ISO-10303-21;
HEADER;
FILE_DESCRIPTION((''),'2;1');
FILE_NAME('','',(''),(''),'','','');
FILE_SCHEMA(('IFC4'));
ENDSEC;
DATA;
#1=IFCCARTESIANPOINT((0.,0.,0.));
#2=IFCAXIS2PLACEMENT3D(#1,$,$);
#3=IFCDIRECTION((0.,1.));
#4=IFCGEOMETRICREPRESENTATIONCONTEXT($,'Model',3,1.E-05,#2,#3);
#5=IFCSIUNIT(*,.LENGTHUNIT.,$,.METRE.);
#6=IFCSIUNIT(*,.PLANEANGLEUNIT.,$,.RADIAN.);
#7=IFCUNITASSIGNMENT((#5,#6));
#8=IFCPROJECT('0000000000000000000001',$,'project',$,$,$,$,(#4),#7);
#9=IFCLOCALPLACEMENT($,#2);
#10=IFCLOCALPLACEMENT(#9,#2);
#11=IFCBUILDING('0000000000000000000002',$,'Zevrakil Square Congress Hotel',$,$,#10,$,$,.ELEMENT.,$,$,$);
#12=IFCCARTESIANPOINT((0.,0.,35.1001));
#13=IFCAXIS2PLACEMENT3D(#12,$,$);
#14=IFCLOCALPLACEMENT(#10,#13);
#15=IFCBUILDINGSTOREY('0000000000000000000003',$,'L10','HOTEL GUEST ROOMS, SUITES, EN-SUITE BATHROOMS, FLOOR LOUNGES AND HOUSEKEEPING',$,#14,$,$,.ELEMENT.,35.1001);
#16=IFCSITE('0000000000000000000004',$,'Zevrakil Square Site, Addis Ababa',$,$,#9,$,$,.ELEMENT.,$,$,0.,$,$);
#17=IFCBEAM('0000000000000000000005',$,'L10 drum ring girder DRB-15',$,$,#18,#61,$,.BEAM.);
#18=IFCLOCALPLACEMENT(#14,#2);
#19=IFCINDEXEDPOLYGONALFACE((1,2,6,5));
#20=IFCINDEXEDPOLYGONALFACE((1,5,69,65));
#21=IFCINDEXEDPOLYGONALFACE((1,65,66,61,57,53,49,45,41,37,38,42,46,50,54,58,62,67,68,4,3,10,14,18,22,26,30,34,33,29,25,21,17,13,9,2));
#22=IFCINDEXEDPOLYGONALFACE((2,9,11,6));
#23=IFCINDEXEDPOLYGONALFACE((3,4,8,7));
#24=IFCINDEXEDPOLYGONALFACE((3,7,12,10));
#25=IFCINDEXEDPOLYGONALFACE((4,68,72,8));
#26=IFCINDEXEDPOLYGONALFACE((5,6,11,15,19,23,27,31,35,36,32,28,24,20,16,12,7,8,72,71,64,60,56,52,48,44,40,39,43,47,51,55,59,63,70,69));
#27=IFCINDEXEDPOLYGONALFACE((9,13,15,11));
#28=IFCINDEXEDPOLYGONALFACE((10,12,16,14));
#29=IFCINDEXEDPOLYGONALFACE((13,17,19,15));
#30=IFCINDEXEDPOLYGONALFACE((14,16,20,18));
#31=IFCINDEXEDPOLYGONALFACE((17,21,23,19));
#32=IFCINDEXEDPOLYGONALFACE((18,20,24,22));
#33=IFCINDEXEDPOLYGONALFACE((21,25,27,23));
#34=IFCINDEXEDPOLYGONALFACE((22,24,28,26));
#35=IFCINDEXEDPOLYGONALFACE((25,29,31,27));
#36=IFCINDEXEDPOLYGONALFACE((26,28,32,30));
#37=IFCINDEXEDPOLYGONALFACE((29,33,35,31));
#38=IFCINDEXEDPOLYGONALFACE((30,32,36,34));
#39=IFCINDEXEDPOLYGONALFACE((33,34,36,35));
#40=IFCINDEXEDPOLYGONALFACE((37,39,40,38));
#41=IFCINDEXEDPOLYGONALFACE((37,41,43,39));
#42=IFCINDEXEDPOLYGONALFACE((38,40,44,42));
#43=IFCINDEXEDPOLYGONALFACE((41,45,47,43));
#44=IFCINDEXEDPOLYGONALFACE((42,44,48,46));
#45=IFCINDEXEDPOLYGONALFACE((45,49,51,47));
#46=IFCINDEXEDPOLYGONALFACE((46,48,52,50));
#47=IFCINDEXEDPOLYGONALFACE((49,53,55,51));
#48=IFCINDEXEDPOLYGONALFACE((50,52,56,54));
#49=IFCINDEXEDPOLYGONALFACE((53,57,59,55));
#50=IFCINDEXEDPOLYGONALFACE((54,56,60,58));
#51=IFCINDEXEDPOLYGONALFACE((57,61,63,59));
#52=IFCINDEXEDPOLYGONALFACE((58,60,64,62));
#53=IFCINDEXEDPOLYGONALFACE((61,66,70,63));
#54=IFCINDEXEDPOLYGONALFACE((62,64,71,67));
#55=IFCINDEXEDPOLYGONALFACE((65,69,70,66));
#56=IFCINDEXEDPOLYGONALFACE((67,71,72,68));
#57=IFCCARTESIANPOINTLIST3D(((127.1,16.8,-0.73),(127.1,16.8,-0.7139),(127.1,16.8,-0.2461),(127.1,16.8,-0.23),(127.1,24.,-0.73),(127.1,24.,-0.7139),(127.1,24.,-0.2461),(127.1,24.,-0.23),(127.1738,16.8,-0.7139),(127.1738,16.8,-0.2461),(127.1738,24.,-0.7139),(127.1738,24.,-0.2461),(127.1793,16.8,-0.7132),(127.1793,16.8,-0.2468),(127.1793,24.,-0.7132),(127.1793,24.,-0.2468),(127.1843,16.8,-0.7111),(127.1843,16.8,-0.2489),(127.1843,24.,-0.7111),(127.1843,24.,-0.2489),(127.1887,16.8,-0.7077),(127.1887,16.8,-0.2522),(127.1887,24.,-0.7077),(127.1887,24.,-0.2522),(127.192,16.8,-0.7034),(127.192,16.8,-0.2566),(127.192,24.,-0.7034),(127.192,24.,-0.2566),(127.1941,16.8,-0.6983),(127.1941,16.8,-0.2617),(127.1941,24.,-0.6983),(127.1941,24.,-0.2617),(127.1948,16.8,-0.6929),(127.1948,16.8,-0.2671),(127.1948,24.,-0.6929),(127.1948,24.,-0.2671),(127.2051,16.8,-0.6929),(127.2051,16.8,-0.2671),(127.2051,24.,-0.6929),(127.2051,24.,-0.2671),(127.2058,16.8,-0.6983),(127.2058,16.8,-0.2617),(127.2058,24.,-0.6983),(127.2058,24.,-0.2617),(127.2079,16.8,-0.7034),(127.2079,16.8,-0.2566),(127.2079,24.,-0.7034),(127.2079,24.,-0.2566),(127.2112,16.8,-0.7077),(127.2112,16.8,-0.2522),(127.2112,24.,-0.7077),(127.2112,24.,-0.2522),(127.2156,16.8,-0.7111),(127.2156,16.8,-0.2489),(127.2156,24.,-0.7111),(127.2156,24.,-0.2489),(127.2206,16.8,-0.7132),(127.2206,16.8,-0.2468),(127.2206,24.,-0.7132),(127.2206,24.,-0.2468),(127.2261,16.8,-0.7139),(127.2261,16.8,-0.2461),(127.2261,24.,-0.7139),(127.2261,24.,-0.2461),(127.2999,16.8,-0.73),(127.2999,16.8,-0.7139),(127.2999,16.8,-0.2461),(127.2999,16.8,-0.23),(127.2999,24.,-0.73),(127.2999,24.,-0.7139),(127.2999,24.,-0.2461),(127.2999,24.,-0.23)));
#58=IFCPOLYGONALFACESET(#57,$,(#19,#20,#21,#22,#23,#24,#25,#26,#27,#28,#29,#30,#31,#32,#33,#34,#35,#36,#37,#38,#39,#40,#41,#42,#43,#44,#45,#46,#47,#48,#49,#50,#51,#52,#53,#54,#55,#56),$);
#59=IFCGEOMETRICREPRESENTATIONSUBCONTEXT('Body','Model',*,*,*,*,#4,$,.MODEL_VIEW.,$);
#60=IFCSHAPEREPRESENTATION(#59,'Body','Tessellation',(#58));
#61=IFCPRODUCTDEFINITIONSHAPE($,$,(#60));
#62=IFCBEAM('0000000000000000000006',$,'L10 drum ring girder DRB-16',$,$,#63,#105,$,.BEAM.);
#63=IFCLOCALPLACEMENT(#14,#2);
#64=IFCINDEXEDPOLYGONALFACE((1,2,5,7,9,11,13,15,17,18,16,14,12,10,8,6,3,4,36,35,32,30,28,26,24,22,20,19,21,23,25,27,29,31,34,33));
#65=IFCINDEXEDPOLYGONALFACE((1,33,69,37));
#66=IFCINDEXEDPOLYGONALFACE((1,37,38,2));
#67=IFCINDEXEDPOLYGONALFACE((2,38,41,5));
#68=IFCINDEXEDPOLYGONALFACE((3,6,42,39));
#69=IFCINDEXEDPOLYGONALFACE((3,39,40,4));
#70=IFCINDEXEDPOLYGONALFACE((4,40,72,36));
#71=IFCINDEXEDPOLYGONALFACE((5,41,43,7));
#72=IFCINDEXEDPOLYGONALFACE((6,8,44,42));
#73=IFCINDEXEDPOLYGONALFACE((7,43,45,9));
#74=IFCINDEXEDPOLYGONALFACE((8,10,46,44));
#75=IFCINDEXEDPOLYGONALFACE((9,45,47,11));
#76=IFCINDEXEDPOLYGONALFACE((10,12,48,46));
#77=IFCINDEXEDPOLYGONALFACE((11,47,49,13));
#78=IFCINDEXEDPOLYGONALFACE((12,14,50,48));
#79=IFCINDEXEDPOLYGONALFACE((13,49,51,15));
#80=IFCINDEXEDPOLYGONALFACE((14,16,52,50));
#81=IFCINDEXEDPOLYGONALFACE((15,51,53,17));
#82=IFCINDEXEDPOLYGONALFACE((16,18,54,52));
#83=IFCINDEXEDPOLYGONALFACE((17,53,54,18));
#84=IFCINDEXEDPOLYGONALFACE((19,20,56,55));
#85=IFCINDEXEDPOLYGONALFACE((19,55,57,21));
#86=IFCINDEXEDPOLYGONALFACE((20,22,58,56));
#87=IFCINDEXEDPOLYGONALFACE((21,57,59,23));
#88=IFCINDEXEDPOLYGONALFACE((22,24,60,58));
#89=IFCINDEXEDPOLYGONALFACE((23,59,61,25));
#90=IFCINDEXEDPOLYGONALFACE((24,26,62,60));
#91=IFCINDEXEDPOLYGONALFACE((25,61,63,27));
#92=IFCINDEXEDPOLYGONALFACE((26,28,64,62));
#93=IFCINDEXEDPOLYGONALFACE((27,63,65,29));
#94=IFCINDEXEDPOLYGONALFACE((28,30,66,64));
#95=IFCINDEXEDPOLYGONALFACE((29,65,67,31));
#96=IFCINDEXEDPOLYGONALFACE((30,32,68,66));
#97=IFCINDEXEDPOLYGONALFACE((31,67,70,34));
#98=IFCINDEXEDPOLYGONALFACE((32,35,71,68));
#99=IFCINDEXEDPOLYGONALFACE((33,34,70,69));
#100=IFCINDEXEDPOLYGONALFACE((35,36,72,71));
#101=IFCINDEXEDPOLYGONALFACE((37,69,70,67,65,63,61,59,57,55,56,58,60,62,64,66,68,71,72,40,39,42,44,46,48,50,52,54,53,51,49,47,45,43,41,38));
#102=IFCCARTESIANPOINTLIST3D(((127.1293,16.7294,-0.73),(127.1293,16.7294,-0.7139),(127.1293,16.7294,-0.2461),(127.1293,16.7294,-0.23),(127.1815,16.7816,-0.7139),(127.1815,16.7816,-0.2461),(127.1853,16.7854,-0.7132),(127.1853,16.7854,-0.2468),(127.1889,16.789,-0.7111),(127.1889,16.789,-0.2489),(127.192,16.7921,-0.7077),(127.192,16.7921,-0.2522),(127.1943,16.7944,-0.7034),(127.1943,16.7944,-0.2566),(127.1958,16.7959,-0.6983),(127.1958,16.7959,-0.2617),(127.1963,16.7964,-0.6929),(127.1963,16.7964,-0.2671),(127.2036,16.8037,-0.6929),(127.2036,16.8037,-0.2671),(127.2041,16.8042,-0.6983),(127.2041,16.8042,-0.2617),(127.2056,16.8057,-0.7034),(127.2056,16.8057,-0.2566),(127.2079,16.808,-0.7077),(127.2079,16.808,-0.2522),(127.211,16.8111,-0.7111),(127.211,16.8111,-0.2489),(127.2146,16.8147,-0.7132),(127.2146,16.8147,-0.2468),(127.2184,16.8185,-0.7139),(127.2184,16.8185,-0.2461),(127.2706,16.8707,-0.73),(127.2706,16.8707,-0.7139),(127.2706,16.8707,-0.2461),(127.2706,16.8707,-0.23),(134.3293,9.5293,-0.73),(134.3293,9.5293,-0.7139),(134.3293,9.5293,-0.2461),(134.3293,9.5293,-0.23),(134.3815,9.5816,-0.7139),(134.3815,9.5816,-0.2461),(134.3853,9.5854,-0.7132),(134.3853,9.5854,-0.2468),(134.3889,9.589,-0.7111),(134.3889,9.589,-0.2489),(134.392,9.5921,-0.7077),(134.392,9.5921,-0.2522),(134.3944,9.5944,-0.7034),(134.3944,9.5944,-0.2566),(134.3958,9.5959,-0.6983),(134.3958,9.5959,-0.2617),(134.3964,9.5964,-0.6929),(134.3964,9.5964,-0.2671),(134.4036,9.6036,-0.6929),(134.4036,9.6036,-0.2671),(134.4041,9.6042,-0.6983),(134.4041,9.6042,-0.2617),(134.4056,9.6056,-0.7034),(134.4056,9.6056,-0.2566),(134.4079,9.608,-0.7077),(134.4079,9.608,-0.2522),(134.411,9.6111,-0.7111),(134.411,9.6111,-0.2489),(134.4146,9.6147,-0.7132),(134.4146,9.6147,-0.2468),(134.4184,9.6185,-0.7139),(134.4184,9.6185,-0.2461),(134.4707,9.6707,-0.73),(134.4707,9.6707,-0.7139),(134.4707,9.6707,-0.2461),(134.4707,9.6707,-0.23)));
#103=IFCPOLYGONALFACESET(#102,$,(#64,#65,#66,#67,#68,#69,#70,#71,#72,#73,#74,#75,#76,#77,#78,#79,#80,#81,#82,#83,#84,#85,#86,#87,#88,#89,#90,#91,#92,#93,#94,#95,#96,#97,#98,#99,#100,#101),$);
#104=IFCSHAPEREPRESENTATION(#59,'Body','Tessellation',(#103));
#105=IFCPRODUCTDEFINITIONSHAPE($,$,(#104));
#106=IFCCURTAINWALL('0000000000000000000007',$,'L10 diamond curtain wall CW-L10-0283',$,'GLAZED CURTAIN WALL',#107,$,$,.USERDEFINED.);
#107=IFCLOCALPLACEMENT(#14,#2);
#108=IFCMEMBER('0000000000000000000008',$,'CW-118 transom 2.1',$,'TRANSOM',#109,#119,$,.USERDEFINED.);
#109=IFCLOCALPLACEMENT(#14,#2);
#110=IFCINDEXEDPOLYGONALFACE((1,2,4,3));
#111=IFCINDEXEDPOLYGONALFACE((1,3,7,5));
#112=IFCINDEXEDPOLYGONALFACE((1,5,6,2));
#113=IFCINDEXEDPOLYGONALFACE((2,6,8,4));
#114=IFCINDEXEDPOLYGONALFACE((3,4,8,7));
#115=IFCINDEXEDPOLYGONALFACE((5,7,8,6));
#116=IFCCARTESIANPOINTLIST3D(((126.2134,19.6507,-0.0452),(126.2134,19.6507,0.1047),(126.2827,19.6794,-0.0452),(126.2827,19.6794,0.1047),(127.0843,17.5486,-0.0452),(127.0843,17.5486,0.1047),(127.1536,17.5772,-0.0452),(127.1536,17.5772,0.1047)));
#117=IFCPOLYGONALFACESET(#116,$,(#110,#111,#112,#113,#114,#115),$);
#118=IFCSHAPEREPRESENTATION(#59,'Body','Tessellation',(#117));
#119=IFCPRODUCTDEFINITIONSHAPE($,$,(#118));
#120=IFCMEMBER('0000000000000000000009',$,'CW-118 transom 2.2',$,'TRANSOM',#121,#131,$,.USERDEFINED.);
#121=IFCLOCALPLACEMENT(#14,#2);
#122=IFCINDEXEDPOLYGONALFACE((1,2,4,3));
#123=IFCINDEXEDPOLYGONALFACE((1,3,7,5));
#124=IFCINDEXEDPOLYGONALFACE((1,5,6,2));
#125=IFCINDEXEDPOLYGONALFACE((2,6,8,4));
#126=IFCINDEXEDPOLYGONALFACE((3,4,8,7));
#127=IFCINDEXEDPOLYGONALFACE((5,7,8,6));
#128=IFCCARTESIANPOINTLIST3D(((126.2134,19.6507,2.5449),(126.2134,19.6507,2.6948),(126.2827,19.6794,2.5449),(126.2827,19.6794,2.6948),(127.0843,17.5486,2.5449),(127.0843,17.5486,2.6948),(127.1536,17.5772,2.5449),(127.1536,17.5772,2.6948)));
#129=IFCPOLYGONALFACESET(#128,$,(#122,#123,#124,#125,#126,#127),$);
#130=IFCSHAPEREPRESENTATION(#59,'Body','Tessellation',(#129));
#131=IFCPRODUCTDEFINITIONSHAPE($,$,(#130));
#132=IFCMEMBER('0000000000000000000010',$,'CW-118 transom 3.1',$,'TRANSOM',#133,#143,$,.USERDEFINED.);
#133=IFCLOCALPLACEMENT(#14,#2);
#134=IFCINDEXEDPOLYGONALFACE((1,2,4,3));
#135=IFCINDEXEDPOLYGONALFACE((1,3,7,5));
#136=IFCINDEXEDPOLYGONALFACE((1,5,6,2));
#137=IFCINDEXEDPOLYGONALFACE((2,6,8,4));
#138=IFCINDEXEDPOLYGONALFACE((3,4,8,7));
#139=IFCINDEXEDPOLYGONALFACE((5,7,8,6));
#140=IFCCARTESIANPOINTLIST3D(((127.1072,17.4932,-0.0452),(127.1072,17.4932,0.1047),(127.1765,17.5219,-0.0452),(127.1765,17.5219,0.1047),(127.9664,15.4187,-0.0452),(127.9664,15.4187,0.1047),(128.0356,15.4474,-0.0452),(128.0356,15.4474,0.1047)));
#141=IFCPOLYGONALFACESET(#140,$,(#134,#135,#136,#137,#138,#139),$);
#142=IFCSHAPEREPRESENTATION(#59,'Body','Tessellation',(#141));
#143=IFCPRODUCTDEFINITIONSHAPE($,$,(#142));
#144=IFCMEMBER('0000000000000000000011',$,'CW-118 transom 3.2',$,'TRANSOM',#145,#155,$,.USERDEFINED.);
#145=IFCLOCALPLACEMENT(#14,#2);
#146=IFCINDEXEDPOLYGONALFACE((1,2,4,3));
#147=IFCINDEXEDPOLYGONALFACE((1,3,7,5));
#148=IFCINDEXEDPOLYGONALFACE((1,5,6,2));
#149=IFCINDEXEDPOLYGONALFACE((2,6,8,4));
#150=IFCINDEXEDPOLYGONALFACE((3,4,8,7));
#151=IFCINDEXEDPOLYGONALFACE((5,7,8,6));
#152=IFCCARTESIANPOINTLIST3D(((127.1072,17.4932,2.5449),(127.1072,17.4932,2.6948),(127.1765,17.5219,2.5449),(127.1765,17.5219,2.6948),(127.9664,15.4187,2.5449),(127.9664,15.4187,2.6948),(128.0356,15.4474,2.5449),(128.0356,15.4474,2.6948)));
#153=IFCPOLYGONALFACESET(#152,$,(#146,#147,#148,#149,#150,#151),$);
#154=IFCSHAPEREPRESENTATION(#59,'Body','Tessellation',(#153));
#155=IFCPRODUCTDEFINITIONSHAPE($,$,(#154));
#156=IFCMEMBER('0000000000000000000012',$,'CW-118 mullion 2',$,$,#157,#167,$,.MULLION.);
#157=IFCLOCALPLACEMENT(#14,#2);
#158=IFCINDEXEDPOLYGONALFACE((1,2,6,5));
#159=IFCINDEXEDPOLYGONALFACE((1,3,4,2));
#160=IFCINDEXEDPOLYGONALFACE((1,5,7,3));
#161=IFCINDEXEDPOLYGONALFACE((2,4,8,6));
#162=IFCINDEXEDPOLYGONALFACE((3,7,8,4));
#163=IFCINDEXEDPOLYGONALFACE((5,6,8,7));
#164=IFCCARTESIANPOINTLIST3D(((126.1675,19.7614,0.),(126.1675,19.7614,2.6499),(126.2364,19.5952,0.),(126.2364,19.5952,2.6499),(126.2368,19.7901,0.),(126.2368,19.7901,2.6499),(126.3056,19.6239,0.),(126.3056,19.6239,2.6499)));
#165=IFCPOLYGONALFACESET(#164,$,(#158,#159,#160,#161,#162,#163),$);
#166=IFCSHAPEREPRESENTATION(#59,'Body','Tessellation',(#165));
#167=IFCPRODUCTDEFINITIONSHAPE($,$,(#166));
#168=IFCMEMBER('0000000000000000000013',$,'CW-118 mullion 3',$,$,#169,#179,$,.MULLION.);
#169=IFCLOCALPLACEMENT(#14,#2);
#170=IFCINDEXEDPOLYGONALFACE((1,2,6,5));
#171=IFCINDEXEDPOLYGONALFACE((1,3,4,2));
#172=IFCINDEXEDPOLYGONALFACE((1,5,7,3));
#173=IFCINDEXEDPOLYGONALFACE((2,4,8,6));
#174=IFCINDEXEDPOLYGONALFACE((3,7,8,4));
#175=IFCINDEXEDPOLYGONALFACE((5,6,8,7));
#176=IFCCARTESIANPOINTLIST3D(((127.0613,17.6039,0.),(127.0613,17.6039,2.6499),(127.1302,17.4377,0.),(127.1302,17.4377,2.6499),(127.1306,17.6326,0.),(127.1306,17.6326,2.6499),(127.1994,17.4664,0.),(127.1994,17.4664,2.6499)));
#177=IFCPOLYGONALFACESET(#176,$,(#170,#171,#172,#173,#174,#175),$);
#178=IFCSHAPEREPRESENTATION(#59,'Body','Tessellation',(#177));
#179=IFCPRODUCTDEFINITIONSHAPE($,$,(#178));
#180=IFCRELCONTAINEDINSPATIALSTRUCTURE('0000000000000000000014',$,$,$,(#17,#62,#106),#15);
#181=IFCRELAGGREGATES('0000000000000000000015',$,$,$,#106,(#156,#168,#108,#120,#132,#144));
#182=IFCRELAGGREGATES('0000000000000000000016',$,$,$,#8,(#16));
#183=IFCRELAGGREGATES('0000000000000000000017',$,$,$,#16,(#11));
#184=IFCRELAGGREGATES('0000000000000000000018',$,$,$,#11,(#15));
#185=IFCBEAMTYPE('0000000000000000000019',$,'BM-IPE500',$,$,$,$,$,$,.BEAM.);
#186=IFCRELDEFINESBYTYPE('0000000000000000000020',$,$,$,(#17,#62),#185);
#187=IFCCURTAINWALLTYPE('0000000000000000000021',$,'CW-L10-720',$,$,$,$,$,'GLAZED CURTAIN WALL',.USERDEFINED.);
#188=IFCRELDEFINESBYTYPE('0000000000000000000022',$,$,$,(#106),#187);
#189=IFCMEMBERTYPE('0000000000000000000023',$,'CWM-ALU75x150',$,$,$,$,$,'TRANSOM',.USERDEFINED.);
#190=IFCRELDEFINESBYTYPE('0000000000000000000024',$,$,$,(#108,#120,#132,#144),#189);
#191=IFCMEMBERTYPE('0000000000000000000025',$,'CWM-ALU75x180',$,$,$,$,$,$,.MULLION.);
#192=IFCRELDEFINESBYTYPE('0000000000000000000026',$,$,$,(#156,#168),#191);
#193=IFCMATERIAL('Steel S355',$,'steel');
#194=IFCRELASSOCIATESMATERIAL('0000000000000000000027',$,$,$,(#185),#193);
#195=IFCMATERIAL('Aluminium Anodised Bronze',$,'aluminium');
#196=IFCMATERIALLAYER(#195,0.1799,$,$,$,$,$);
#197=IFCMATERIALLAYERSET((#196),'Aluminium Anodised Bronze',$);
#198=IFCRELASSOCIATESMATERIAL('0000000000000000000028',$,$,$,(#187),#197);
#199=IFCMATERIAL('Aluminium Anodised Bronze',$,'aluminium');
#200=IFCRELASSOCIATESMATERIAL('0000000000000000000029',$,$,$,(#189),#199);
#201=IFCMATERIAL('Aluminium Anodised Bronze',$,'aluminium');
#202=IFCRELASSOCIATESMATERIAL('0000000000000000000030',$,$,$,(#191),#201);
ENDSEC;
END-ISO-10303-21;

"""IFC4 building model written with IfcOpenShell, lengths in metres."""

from ifc_helpers import new_model, si_unit, direction, frame, origin, origin_2d, place, context, subcontext, project, spatial, rectangle, i_section, extrude, material, layer, layer_set, material_profile, profile_set, type_object, element, aggregate, save


model = new_model("IFC4")

# Units and contexts
model_context = context("Model", 3, precision=1e-05, world=origin(), true_north=direction((0.0, 1.0)))
body_context = subcontext(model_context, "Body", "Model", "MODEL_VIEW")
ifc_project = project(units=[si_unit("LENGTHUNIT", "METRE"), si_unit("PLANEANGLEUNIT", "RADIAN")], contexts=[model_context])

# Site, building, storey
site_placement = place(None, origin())
site = spatial("IfcSite", under=ifc_project, at=site_placement, Name="Zevrakil Square Site, Addis Ababa", CompositionType="ELEMENT", RefElevation=0.0)
building_placement = place(site_placement, origin())
building = spatial("IfcBuilding", under=site, at=building_placement, Name="Zevrakil Square Congress Hotel", CompositionType="ELEMENT")
storey_placement = place(building_placement, frame((0.0, 0.0, 35.1001)))
storey = spatial("IfcBuildingStorey", under=building, at=storey_placement, Name="L10", Description="HOTEL GUEST ROOMS, SUITES, EN-SUITE BATHROOMS, FLOOR LOUNGES AND HOUSEKEEPING", CompositionType="ELEMENT", Elevation=35.1001)

# Beams
ifc_material_1 = material(Name="Steel S355", Category="steel")
ifc_material_profile_1 = material_profile(ifc_material_1, i_section(OverallWidth=0.2, OverallDepth=0.5, WebThickness=0.0103, FlangeThickness=0.0161, FilletRadius=0.021, at=origin_2d()), Name="IPE 500")
ifc_profile_set_1 = profile_set([ifc_material_profile_1], Name="Steel S355")
beam_type_1 = type_object("IfcBeamType", Name="BM-IPE500", PredefinedType="BEAM", material=ifc_profile_set_1)
for number, where, z_axis, x_axis, name in (
    (1, (127.2, 24.0, -0.48), (0.0, -1.0, 0.0), (1.0, 0.0, 0.0), "L10 drum ring girder DRB-15"),
):
    element("IfcBeam", number, at=place(storey_placement, frame(where, z_axis=z_axis, x_axis=x_axis)), inside=storey, type_object=beam_type_1, Name=name, PredefinedType="BEAM", context=body_context, shape_type="SweptSolid", body=[
        extrude(i_section(OverallWidth=0.2, OverallDepth=0.5, WebThickness=0.0103, FlangeThickness=0.0161, FilletRadius=0.021, at=origin_2d()), origin(), (0.0, 0.0, 1.0), 7.2),
    ])
beam_placement = place(storey_placement, frame((127.2, 16.8, -0.48), z_axis=(0.707107, -0.707107, 0.0), x_axis=(0.707107, 0.707107, 0.0)))
element("IfcBeam", 2, at=beam_placement, inside=storey, type_object=beam_type_1, Name="L10 drum ring girder DRB-16", PredefinedType="BEAM", context=body_context, shape_type="SweptSolid", body=[
    extrude(i_section(OverallWidth=0.2, OverallDepth=0.5, WebThickness=0.0103, FlangeThickness=0.0161, FilletRadius=0.021, at=origin_2d()), origin(), (0.0, 0.0, 1.0), 10.1824),
])

# Curtain wall, members
ifc_material_2 = material(Name="Aluminium Anodised Bronze", Category="aluminium")
ifc_layer_1 = layer(ifc_material_2, 0.1799)
ifc_layer_set_1 = layer_set([ifc_layer_1], Name="Aluminium Anodised Bronze")
curtain_wall_type = type_object("IfcCurtainWallType", Name="CW-L10-720", ElementType="GLAZED CURTAIN WALL", PredefinedType="USERDEFINED", material=ifc_layer_set_1)
curtain_wall_placement = place(storey_placement, origin())
curtain_wall = element("IfcCurtainWall", 3, at=curtain_wall_placement, inside=storey, type_object=curtain_wall_type, Name="L10 diamond curtain wall CW-L10-0283", ObjectType="GLAZED CURTAIN WALL", PredefinedType="USERDEFINED")
ifc_material_3 = material(Name="Aluminium Anodised Bronze", Category="aluminium")
ifc_material_profile_2 = material_profile(ifc_material_3, rectangle(XDim=0.075, YDim=0.1499, at=origin_2d()), Name="ALU 75x150")
ifc_profile_set_2 = profile_set([ifc_material_profile_2], Name="Aluminium Anodised Bronze")
member_type_1 = type_object("IfcMemberType", Name="CWM-ALU75x150", ElementType="TRANSOM", PredefinedType="USERDEFINED", material=ifc_profile_set_2)
member_1_placement = place(storey_placement, frame((126.248, 19.665, 0.0298), z_axis=(0.38274, -0.923856, 0.0), x_axis=(0.923856, 0.38274, 0.0)))
member_1 = element("IfcMember", 4, at=member_1_placement, type_object=member_type_1, Name="CW-118 transom 2.1", ObjectType="TRANSOM", PredefinedType="USERDEFINED", context=body_context, shape_type="SweptSolid", body=[
    extrude(rectangle(XDim=0.075, YDim=0.1499, at=origin_2d()), origin(), (0.0, 0.0, 1.0), 2.2754),
])
member_2_placement = place(storey_placement, frame((126.248, 19.665, 2.6199), z_axis=(0.38274, -0.923856, 0.0), x_axis=(0.923856, 0.38274, 0.0)))
member_2 = element("IfcMember", 5, at=member_2_placement, type_object=member_type_1, Name="CW-118 transom 2.2", ObjectType="TRANSOM", PredefinedType="USERDEFINED", context=body_context, shape_type="SweptSolid", body=[
    extrude(rectangle(XDim=0.075, YDim=0.1499, at=origin_2d()), origin(), (0.0, 0.0, 1.0), 2.2754),
])
member_3_placement = place(storey_placement, frame((127.1418, 17.5076, 0.0298), z_axis=(0.38263, -0.923902, 0.0), x_axis=(0.923902, 0.38263, 0.0)))
member_3 = element("IfcMember", 6, at=member_3_placement, type_object=member_type_1, Name="CW-118 transom 3.1", ObjectType="TRANSOM", PredefinedType="USERDEFINED", context=body_context, shape_type="SweptSolid", body=[
    extrude(rectangle(XDim=0.075, YDim=0.1499, at=origin_2d()), origin(), (0.0, 0.0, 1.0), 2.2454),
])
member_4_placement = place(storey_placement, frame((127.1418, 17.5076, 2.6199), z_axis=(0.38263, -0.923902, 0.0), x_axis=(0.923902, 0.38263, 0.0)))
member_4 = element("IfcMember", 7, at=member_4_placement, type_object=member_type_1, Name="CW-118 transom 3.2", ObjectType="TRANSOM", PredefinedType="USERDEFINED", context=body_context, shape_type="SweptSolid", body=[
    extrude(rectangle(XDim=0.075, YDim=0.1499, at=origin_2d()), origin(), (0.0, 0.0, 1.0), 2.2454),
])
ifc_material_4 = material(Name="Aluminium Anodised Bronze", Category="aluminium")
ifc_material_profile_3 = material_profile(ifc_material_4, rectangle(XDim=0.075, YDim=0.1799, at=origin_2d()), Name="ALU 75x180")
ifc_profile_set_3 = profile_set([ifc_material_profile_3], Name="Aluminium Anodised Bronze")
member_type_2 = type_object("IfcMemberType", Name="CWM-ALU75x180", PredefinedType="MULLION", material=ifc_profile_set_3)
member_5_placement = place(storey_placement, frame((126.2366, 19.6926, 0.0), z_axis=(0.0, 0.0, 1.0), x_axis=(0.923879, 0.382684, 0.0)))
member_5 = element("IfcMember", 8, at=member_5_placement, type_object=member_type_2, Name="CW-118 mullion 2", PredefinedType="MULLION", context=body_context, shape_type="SweptSolid", body=[
    extrude(rectangle(XDim=0.075, YDim=0.1799, at=origin_2d()), origin(), (0.0, 0.0, 1.0), 2.6499),
])
member_6_placement = place(storey_placement, frame((127.1304, 17.5352, 0.0), z_axis=(0.0, 0.0, 1.0), x_axis=(0.923879, 0.382684, 0.0)))
member_6 = element("IfcMember", 9, at=member_6_placement, type_object=member_type_2, Name="CW-118 mullion 3", PredefinedType="MULLION", context=body_context, shape_type="SweptSolid", body=[
    extrude(rectangle(XDim=0.075, YDim=0.1799, at=origin_2d()), origin(), (0.0, 0.0, 1.0), 2.6499),
])

aggregate(curtain_wall, [member_5, member_6, member_1, member_2, member_3, member_4])

save(model, "model.ifc")
